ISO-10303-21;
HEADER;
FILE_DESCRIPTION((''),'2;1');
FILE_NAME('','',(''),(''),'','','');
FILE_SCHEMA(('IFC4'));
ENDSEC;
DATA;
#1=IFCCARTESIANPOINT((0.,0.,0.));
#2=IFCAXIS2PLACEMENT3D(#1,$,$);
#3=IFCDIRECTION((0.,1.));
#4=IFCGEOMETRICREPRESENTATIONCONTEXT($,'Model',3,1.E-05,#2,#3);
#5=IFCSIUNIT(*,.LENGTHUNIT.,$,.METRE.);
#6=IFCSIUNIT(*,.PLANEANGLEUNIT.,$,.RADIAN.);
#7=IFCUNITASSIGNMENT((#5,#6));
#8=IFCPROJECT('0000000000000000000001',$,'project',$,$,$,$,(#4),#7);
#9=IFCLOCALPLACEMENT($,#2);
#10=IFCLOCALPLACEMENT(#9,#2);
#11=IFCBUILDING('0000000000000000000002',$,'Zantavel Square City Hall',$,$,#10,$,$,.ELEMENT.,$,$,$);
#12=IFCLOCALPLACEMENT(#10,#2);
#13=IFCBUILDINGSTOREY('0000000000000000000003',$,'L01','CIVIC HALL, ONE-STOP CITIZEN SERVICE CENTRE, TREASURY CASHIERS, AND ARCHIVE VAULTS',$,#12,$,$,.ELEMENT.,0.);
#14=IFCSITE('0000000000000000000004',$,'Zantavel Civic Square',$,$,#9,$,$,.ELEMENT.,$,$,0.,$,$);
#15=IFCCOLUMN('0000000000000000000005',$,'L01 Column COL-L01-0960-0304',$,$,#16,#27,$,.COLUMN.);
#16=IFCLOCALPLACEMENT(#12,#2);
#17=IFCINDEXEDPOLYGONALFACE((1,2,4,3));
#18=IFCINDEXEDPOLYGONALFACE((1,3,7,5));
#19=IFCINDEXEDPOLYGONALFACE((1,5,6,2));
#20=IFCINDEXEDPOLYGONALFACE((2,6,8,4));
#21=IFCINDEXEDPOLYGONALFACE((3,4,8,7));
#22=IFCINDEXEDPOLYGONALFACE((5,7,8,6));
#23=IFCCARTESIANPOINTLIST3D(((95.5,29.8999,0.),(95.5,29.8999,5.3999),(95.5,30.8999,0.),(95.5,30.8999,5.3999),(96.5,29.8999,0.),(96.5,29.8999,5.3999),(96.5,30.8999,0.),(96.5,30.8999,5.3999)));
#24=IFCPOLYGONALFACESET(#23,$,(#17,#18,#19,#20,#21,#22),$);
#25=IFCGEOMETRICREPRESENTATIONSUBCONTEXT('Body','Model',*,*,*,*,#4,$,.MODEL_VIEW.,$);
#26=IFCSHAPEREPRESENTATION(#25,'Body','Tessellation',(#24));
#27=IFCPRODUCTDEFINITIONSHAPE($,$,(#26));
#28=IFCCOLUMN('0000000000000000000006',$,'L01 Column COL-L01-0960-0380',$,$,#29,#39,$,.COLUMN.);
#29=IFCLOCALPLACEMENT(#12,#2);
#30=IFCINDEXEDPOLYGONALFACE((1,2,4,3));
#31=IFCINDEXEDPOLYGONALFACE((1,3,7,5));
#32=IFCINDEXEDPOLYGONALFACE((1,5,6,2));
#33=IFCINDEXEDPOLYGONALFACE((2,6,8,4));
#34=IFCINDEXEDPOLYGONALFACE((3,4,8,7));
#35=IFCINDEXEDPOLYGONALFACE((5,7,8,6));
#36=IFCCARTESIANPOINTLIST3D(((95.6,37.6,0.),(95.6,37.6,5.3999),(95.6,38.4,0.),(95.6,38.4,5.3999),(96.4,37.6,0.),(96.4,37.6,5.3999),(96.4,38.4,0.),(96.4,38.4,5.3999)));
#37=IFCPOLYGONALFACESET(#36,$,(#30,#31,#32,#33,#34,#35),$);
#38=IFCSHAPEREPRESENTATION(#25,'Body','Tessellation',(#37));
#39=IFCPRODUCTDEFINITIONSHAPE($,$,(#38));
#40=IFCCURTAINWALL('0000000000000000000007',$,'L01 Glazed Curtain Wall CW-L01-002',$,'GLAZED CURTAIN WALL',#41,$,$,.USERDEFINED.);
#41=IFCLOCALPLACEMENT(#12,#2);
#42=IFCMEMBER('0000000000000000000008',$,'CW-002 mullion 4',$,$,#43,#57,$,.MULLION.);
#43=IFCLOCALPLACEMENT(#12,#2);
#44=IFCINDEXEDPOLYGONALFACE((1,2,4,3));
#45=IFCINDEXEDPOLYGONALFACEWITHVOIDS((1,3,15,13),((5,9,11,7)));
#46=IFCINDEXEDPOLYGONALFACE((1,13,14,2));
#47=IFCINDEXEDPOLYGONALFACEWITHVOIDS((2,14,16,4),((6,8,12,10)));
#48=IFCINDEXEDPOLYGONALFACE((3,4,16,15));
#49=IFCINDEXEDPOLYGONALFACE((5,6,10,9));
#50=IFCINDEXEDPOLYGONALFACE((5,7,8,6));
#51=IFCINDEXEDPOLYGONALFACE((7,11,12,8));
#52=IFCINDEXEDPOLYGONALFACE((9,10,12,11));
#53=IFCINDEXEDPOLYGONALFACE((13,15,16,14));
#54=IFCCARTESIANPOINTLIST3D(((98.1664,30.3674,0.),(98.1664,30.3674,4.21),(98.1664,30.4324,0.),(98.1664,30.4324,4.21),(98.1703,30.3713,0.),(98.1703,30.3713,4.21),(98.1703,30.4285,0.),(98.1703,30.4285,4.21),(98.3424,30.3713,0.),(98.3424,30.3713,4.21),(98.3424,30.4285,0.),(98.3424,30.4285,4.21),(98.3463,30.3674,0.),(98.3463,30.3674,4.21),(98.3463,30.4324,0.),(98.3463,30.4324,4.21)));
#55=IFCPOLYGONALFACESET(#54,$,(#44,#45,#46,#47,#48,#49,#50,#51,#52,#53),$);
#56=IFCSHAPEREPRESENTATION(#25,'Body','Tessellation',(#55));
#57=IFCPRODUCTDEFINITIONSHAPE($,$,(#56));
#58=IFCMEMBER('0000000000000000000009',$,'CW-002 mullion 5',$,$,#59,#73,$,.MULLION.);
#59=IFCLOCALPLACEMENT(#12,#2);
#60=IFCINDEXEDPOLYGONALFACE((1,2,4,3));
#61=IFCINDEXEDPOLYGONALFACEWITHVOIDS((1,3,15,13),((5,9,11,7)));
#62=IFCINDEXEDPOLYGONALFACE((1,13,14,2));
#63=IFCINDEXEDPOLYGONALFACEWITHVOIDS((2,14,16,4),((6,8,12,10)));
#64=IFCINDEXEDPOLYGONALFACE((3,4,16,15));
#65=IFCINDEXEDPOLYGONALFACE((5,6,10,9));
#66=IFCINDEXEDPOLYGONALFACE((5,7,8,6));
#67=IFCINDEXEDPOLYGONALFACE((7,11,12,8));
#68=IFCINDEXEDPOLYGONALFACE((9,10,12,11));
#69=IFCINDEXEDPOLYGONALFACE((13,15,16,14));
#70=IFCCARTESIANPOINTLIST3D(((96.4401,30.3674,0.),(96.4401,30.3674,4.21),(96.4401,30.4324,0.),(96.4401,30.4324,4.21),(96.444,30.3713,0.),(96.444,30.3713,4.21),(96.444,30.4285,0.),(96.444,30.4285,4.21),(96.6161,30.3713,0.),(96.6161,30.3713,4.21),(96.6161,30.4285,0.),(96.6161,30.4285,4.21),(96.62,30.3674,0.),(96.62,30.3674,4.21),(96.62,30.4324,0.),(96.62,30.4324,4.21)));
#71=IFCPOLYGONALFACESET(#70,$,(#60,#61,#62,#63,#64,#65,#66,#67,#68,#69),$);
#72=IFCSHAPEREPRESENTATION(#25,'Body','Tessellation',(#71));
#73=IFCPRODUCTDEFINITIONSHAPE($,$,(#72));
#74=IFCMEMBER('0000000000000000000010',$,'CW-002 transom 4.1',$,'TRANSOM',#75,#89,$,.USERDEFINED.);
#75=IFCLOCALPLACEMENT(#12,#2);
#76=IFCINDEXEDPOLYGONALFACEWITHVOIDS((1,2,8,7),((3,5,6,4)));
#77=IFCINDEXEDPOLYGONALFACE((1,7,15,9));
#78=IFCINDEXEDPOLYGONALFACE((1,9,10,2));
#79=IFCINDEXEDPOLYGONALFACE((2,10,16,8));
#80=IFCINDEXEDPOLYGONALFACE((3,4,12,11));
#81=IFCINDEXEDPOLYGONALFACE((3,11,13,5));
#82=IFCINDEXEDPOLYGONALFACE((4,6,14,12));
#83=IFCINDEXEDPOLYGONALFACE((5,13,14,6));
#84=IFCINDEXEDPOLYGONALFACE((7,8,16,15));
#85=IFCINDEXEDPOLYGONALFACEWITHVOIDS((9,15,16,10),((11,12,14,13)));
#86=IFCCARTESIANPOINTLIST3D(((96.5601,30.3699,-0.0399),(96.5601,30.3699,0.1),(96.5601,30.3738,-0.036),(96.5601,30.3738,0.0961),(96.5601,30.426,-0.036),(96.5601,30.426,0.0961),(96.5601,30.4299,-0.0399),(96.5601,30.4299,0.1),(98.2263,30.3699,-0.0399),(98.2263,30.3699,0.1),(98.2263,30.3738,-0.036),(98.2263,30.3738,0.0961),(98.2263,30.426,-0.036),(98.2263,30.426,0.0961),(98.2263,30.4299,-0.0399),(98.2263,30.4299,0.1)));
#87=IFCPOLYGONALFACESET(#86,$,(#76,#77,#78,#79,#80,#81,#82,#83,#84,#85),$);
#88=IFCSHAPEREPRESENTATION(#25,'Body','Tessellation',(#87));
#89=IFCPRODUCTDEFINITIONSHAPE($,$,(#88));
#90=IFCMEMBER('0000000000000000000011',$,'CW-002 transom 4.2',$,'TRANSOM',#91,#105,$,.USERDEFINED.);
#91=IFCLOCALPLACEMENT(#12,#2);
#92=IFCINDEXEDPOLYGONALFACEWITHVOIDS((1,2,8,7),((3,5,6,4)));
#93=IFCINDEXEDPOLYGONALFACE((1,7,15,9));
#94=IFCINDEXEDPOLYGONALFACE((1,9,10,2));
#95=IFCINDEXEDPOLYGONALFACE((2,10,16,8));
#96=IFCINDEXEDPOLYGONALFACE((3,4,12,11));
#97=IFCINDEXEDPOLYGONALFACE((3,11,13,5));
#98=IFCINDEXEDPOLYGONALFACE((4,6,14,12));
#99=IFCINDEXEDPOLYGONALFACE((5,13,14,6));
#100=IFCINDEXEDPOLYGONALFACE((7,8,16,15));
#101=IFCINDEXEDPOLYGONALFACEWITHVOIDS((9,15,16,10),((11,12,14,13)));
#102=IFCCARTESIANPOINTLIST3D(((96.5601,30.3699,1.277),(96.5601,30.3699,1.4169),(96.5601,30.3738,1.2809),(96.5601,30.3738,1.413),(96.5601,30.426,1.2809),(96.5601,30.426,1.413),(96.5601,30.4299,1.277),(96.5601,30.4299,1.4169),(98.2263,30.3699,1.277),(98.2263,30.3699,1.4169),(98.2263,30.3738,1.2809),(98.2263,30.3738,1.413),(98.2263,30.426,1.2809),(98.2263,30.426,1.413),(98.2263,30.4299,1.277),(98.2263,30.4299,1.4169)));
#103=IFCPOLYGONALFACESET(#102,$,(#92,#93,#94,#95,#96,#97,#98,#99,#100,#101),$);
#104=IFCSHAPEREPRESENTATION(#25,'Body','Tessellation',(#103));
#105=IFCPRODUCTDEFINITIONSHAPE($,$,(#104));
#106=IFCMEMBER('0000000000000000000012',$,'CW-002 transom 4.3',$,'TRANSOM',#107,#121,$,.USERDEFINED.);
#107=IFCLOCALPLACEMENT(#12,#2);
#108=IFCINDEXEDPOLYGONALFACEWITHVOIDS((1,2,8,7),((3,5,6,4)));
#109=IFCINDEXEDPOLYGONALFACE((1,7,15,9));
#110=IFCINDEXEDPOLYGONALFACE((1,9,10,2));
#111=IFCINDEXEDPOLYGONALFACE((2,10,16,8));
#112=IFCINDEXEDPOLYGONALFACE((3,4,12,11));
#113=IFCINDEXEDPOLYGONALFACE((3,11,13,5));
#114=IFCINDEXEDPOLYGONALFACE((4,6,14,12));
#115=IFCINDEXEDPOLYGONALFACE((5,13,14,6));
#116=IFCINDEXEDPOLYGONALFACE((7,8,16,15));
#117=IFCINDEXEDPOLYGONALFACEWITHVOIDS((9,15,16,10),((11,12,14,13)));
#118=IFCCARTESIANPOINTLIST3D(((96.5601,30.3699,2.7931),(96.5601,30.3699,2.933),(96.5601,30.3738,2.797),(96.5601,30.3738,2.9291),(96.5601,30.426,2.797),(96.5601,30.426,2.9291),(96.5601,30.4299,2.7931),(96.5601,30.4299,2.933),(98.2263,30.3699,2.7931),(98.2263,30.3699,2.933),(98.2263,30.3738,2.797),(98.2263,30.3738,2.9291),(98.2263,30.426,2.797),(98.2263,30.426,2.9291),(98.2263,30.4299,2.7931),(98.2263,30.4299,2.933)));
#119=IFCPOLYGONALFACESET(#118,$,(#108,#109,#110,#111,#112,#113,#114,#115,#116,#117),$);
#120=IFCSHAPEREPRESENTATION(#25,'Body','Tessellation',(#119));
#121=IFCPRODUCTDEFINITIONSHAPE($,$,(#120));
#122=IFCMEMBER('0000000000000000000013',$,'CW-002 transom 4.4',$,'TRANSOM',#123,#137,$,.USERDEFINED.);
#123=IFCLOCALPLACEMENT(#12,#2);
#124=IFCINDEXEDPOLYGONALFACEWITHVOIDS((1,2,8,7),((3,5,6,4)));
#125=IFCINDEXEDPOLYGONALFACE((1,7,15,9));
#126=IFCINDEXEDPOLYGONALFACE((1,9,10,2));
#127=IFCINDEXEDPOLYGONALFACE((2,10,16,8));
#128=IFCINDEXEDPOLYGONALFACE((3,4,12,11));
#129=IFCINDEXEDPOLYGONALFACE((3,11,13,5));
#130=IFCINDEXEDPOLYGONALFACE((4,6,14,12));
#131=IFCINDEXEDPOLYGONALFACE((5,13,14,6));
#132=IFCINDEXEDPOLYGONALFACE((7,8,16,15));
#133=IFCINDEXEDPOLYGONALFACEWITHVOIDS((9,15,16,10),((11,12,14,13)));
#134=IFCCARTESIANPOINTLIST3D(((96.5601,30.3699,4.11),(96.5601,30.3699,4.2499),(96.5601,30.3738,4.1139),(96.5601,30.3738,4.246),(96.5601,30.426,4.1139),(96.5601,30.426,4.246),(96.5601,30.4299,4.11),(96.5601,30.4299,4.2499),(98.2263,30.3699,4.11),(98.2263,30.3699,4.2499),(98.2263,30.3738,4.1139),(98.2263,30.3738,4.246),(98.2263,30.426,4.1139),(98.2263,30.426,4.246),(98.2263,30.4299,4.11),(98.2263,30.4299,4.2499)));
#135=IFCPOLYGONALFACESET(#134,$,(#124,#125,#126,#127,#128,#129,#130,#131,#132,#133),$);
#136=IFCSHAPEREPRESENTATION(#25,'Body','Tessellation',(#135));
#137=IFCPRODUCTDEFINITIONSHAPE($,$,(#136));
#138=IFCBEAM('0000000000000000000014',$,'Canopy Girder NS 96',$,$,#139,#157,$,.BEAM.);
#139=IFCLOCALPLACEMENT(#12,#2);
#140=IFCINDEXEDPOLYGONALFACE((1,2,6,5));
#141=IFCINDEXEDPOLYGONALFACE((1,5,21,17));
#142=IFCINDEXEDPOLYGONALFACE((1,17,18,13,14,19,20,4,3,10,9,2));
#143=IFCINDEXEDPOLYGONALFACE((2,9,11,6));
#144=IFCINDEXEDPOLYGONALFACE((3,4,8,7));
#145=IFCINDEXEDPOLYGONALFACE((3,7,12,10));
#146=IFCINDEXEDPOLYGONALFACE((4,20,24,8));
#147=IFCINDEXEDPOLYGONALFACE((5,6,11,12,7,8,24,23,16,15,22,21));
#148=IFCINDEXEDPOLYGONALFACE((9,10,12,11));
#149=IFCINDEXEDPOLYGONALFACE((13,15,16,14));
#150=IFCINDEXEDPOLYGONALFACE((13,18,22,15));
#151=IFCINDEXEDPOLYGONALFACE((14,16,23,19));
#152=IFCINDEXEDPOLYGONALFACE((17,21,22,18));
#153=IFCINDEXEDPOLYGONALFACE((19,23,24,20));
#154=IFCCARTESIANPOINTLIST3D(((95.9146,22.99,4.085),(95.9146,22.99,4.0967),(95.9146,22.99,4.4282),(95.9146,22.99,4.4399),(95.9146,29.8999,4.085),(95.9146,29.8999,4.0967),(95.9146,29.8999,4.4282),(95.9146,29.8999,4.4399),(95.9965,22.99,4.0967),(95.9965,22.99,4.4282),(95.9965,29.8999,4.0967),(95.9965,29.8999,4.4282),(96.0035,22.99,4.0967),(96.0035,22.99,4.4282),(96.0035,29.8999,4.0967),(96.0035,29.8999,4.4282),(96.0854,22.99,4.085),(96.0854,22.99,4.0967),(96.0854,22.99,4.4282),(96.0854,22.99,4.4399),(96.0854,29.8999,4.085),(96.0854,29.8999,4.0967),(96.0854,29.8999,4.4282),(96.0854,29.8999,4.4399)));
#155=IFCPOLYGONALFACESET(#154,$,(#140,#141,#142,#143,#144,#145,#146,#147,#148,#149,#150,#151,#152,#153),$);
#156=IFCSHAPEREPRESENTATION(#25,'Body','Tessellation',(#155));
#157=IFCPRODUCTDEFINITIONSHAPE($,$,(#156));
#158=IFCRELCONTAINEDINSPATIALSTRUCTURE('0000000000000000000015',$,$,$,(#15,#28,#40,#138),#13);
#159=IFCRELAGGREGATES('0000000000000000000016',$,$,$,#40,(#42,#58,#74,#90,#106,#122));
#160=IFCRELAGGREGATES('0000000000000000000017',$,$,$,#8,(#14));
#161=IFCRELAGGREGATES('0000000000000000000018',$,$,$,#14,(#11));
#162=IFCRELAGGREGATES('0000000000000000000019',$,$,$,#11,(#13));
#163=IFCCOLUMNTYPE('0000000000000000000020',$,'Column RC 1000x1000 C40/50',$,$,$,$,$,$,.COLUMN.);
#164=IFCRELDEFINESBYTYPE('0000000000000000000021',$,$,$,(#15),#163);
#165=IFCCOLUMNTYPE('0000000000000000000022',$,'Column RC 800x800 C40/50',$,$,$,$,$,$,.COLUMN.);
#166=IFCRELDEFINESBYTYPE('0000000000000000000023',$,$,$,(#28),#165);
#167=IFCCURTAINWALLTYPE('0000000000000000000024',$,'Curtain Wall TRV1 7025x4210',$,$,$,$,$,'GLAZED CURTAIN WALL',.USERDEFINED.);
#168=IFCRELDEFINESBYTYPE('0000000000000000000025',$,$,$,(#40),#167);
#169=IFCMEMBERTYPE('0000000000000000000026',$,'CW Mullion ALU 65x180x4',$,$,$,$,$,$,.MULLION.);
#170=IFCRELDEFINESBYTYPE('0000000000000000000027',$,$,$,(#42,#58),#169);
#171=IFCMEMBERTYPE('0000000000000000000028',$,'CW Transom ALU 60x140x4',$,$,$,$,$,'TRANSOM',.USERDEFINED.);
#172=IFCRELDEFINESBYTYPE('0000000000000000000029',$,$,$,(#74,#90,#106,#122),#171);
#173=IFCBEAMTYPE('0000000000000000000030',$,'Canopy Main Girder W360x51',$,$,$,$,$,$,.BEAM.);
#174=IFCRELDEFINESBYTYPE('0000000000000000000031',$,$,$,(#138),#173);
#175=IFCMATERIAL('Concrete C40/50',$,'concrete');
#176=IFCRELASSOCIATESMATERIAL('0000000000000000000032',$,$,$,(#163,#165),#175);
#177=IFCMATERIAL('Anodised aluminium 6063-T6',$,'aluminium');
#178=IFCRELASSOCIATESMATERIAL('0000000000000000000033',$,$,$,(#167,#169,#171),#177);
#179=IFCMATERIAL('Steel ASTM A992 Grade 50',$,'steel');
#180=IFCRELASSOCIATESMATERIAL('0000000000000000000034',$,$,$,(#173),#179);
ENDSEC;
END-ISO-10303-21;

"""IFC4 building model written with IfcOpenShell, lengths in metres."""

from ifc_helpers import new_model, si_unit, direction, frame, origin, origin_2d, place, context, subcontext, project, spatial, rectangle, hollow_rectangle, i_section, extrude, material, material_profile, profile_set, type_object, element, aggregate, save


model = new_model("IFC4")

# Units and contexts
model_context = context("Model", 3, precision=1e-05, world=origin(), true_north=direction((0.0, 1.0)))
body_context = subcontext(model_context, "Body", "Model", "MODEL_VIEW")
ifc_project = project(units=[si_unit("LENGTHUNIT", "METRE"), si_unit("PLANEANGLEUNIT", "RADIAN")], contexts=[model_context])

# Site, building, storey
site_placement = place(None, origin())
site = spatial("IfcSite", under=ifc_project, at=site_placement, Name="Zantavel Civic Square", CompositionType="ELEMENT", RefElevation=0.0)
building_placement = place(site_placement, origin())
building = spatial("IfcBuilding", under=site, at=building_placement, Name="Zantavel Square City Hall", CompositionType="ELEMENT")
storey_placement = place(building_placement, origin())
storey = spatial("IfcBuildingStorey", under=building, at=storey_placement, Name="L01", Description="CIVIC HALL, ONE-STOP CITIZEN SERVICE CENTRE, TREASURY CASHIERS, AND ARCHIVE VAULTS", CompositionType="ELEMENT", Elevation=0.0)

# Columns
ifc_material_1 = material(Name="Concrete C40/50", Category="concrete")
ifc_material_profile_1 = material_profile(ifc_material_1, rectangle(XDim=1.0, YDim=1.0, at=origin_2d()), Name="RC 1000x1000")
ifc_profile_set_1 = profile_set([ifc_material_profile_1], Name="Concrete C40/50")
column_type_1 = type_object("IfcColumnType", Name="Column RC 1000x1000 C40/50", PredefinedType="COLUMN", material=ifc_profile_set_1)
column_1_placement = place(storey_placement, frame((96.0, 30.3999, 0.0), z_axis=(0.0, 0.0, 1.0), x_axis=(1.0, 0.0, 0.0)))
element("IfcColumn", 1, at=column_1_placement, inside=storey, type_object=column_type_1, Name="L01 Column COL-L01-0960-0304", PredefinedType="COLUMN", context=body_context, shape_type="SweptSolid", body=[
    extrude(rectangle(XDim=1.0, YDim=1.0, at=origin_2d()), origin(), (0.0, 0.0, 1.0), 5.3999),
])
ifc_material_profile_2 = material_profile(ifc_material_1, rectangle(XDim=0.8, YDim=0.8, at=origin_2d()), Name="RC 800x800")
ifc_profile_set_2 = profile_set([ifc_material_profile_2], Name="Concrete C40/50")
column_type_2 = type_object("IfcColumnType", Name="Column RC 800x800 C40/50", PredefinedType="COLUMN", material=ifc_profile_set_2)
column_2_placement = place(storey_placement, frame((96.0, 38.0, 0.0), z_axis=(0.0, 0.0, 1.0), x_axis=(1.0, 0.0, 0.0)))
element("IfcColumn", 2, at=column_2_placement, inside=storey, type_object=column_type_2, Name="L01 Column COL-L01-0960-0380", PredefinedType="COLUMN", context=body_context, shape_type="SweptSolid", body=[
    extrude(rectangle(XDim=0.8, YDim=0.8, at=origin_2d()), origin(), (0.0, 0.0, 1.0), 5.3999),
])

# Curtain wall, members
ifc_material_2 = material(Name="Anodised aluminium 6063-T6", Category="aluminium")
curtain_wall_type = type_object("IfcCurtainWallType", Name="Curtain Wall TRV1 7025x4210", ElementType="GLAZED CURTAIN WALL", PredefinedType="USERDEFINED", material=ifc_material_2)
curtain_wall_placement = place(storey_placement, origin())
curtain_wall = element("IfcCurtainWall", 3, at=curtain_wall_placement, inside=storey, type_object=curtain_wall_type, Name="L01 Glazed Curtain Wall CW-L01-002", ObjectType="GLAZED CURTAIN WALL", PredefinedType="USERDEFINED")
ifc_material_profile_3 = material_profile(ifc_material_2, hollow_rectangle(XDim=0.0649, YDim=0.1799, WallThickness=0.0039, at=origin_2d()), Name="ALU 65x180x4")
ifc_profile_set_3 = profile_set([ifc_material_profile_3], Name="Anodised aluminium 6063-T6")
member_type_1 = type_object("IfcMemberType", Name="CW Mullion ALU 65x180x4", PredefinedType="MULLION", material=ifc_profile_set_3)
member_1_placement = place(storey_placement, frame((98.2563, 30.3999, 0.0), z_axis=(0.0, 0.0, 1.0), x_axis=(0.0, -1.0, 0.0)))
member_1 = element("IfcMember", 4, at=member_1_placement, type_object=member_type_1, Name="CW-002 mullion 4", PredefinedType="MULLION", context=body_context, shape_type="SweptSolid", body=[
    extrude(hollow_rectangle(XDim=0.0649, YDim=0.1799, WallThickness=0.0039, at=origin_2d()), origin(), (0.0, 0.0, 1.0), 4.21),
])
member_2_placement = place(storey_placement, frame((96.53, 30.3999, 0.0), z_axis=(0.0, 0.0, 1.0), x_axis=(0.0, -1.0, 0.0)))
member_2 = element("IfcMember", 5, at=member_2_placement, type_object=member_type_1, Name="CW-002 mullion 5", PredefinedType="MULLION", context=body_context, shape_type="SweptSolid", body=[
    extrude(hollow_rectangle(XDim=0.0649, YDim=0.1799, WallThickness=0.0039, at=origin_2d()), origin(), (0.0, 0.0, 1.0), 4.21),
])
ifc_material_profile_4 = material_profile(ifc_material_2, hollow_rectangle(XDim=0.0601, YDim=0.1399, WallThickness=0.0039, at=origin_2d()), Name="ALU 60x140x4")
ifc_profile_set_4 = profile_set([ifc_material_profile_4], Name="Anodised aluminium 6063-T6")
member_type_2 = type_object("IfcMemberType", Name="CW Transom ALU 60x140x4", ElementType="TRANSOM", PredefinedType="USERDEFINED", material=ifc_profile_set_4)
member_3_placement = place(storey_placement, frame((98.2263, 30.3999, 0.03), z_axis=(-1.0, 0.0, 0.0), x_axis=(0.0, -1.0, 0.0)))
member_3 = element("IfcMember", 6, at=member_3_placement, type_object=member_type_2, Name="CW-002 transom 4.1", ObjectType="TRANSOM", PredefinedType="USERDEFINED", context=body_context, shape_type="SweptSolid", body=[
    extrude(hollow_rectangle(XDim=0.0601, YDim=0.1399, WallThickness=0.0039, at=origin_2d()), origin(), (0.0, 0.0, 1.0), 1.6663),
])
member_4_placement = place(storey_placement, frame((98.2263, 30.3999, 1.3469), z_axis=(-1.0, 0.0, 0.0), x_axis=(0.0, -1.0, 0.0)))
member_4 = element("IfcMember", 7, at=member_4_placement, type_object=member_type_2, Name="CW-002 transom 4.2", ObjectType="TRANSOM", PredefinedType="USERDEFINED", context=body_context, shape_type="SweptSolid", body=[
    extrude(hollow_rectangle(XDim=0.0601, YDim=0.1399, WallThickness=0.0039, at=origin_2d()), origin(), (0.0, 0.0, 1.0), 1.6663),
])
member_5_placement = place(storey_placement, frame((98.2263, 30.3999, 2.863), z_axis=(-1.0, 0.0, 0.0), x_axis=(0.0, -1.0, 0.0)))
member_5 = element("IfcMember", 8, at=member_5_placement, type_object=member_type_2, Name="CW-002 transom 4.3", ObjectType="TRANSOM", PredefinedType="USERDEFINED", context=body_context, shape_type="SweptSolid", body=[
    extrude(hollow_rectangle(XDim=0.0601, YDim=0.1399, WallThickness=0.0039, at=origin_2d()), origin(), (0.0, 0.0, 1.0), 1.6663),
])
member_6_placement = place(storey_placement, frame((98.2263, 30.3999, 4.1799), z_axis=(-1.0, 0.0, 0.0), x_axis=(0.0, -1.0, 0.0)))
member_6 = element("IfcMember", 9, at=member_6_placement, type_object=member_type_2, Name="CW-002 transom 4.4", ObjectType="TRANSOM", PredefinedType="USERDEFINED", context=body_context, shape_type="SweptSolid", body=[
    extrude(hollow_rectangle(XDim=0.0601, YDim=0.1399, WallThickness=0.0039, at=origin_2d()), origin(), (0.0, 0.0, 1.0), 1.6663),
])

# Beam
ifc_material_3 = material(Name="Steel ASTM A992 Grade 50", Category="steel")
ifc_material_profile_5 = material_profile(ifc_material_3, i_section(OverallWidth=0.1709, OverallDepth=0.355, WebThickness=0.0071, FlangeThickness=0.0117, at=origin_2d()), Name="W360x51")
ifc_profile_set_5 = profile_set([ifc_material_profile_5], Name="Steel ASTM A992 Grade 50")
beam_type_1 = type_object("IfcBeamType", Name="Canopy Main Girder W360x51", PredefinedType="BEAM", material=ifc_profile_set_5)
beam_1_placement = place(storey_placement, frame((96.0, 22.99, 4.2625), z_axis=(0.0, 1.0, 0.0), x_axis=(-1.0, 0.0, 0.0)))
element("IfcBeam", 10, at=beam_1_placement, inside=storey, type_object=beam_type_1, Name="Canopy Girder NS 96", PredefinedType="BEAM", context=body_context, shape_type="SweptSolid", body=[
    extrude(i_section(OverallWidth=0.1709, OverallDepth=0.355, WebThickness=0.0071, FlangeThickness=0.0117, at=origin_2d()), origin(), (0.0, 0.0, 1.0), 6.9099),
])

aggregate(curtain_wall, [member_1, member_2, member_3, member_4, member_5, member_6])

save(model, "model.ifc")
